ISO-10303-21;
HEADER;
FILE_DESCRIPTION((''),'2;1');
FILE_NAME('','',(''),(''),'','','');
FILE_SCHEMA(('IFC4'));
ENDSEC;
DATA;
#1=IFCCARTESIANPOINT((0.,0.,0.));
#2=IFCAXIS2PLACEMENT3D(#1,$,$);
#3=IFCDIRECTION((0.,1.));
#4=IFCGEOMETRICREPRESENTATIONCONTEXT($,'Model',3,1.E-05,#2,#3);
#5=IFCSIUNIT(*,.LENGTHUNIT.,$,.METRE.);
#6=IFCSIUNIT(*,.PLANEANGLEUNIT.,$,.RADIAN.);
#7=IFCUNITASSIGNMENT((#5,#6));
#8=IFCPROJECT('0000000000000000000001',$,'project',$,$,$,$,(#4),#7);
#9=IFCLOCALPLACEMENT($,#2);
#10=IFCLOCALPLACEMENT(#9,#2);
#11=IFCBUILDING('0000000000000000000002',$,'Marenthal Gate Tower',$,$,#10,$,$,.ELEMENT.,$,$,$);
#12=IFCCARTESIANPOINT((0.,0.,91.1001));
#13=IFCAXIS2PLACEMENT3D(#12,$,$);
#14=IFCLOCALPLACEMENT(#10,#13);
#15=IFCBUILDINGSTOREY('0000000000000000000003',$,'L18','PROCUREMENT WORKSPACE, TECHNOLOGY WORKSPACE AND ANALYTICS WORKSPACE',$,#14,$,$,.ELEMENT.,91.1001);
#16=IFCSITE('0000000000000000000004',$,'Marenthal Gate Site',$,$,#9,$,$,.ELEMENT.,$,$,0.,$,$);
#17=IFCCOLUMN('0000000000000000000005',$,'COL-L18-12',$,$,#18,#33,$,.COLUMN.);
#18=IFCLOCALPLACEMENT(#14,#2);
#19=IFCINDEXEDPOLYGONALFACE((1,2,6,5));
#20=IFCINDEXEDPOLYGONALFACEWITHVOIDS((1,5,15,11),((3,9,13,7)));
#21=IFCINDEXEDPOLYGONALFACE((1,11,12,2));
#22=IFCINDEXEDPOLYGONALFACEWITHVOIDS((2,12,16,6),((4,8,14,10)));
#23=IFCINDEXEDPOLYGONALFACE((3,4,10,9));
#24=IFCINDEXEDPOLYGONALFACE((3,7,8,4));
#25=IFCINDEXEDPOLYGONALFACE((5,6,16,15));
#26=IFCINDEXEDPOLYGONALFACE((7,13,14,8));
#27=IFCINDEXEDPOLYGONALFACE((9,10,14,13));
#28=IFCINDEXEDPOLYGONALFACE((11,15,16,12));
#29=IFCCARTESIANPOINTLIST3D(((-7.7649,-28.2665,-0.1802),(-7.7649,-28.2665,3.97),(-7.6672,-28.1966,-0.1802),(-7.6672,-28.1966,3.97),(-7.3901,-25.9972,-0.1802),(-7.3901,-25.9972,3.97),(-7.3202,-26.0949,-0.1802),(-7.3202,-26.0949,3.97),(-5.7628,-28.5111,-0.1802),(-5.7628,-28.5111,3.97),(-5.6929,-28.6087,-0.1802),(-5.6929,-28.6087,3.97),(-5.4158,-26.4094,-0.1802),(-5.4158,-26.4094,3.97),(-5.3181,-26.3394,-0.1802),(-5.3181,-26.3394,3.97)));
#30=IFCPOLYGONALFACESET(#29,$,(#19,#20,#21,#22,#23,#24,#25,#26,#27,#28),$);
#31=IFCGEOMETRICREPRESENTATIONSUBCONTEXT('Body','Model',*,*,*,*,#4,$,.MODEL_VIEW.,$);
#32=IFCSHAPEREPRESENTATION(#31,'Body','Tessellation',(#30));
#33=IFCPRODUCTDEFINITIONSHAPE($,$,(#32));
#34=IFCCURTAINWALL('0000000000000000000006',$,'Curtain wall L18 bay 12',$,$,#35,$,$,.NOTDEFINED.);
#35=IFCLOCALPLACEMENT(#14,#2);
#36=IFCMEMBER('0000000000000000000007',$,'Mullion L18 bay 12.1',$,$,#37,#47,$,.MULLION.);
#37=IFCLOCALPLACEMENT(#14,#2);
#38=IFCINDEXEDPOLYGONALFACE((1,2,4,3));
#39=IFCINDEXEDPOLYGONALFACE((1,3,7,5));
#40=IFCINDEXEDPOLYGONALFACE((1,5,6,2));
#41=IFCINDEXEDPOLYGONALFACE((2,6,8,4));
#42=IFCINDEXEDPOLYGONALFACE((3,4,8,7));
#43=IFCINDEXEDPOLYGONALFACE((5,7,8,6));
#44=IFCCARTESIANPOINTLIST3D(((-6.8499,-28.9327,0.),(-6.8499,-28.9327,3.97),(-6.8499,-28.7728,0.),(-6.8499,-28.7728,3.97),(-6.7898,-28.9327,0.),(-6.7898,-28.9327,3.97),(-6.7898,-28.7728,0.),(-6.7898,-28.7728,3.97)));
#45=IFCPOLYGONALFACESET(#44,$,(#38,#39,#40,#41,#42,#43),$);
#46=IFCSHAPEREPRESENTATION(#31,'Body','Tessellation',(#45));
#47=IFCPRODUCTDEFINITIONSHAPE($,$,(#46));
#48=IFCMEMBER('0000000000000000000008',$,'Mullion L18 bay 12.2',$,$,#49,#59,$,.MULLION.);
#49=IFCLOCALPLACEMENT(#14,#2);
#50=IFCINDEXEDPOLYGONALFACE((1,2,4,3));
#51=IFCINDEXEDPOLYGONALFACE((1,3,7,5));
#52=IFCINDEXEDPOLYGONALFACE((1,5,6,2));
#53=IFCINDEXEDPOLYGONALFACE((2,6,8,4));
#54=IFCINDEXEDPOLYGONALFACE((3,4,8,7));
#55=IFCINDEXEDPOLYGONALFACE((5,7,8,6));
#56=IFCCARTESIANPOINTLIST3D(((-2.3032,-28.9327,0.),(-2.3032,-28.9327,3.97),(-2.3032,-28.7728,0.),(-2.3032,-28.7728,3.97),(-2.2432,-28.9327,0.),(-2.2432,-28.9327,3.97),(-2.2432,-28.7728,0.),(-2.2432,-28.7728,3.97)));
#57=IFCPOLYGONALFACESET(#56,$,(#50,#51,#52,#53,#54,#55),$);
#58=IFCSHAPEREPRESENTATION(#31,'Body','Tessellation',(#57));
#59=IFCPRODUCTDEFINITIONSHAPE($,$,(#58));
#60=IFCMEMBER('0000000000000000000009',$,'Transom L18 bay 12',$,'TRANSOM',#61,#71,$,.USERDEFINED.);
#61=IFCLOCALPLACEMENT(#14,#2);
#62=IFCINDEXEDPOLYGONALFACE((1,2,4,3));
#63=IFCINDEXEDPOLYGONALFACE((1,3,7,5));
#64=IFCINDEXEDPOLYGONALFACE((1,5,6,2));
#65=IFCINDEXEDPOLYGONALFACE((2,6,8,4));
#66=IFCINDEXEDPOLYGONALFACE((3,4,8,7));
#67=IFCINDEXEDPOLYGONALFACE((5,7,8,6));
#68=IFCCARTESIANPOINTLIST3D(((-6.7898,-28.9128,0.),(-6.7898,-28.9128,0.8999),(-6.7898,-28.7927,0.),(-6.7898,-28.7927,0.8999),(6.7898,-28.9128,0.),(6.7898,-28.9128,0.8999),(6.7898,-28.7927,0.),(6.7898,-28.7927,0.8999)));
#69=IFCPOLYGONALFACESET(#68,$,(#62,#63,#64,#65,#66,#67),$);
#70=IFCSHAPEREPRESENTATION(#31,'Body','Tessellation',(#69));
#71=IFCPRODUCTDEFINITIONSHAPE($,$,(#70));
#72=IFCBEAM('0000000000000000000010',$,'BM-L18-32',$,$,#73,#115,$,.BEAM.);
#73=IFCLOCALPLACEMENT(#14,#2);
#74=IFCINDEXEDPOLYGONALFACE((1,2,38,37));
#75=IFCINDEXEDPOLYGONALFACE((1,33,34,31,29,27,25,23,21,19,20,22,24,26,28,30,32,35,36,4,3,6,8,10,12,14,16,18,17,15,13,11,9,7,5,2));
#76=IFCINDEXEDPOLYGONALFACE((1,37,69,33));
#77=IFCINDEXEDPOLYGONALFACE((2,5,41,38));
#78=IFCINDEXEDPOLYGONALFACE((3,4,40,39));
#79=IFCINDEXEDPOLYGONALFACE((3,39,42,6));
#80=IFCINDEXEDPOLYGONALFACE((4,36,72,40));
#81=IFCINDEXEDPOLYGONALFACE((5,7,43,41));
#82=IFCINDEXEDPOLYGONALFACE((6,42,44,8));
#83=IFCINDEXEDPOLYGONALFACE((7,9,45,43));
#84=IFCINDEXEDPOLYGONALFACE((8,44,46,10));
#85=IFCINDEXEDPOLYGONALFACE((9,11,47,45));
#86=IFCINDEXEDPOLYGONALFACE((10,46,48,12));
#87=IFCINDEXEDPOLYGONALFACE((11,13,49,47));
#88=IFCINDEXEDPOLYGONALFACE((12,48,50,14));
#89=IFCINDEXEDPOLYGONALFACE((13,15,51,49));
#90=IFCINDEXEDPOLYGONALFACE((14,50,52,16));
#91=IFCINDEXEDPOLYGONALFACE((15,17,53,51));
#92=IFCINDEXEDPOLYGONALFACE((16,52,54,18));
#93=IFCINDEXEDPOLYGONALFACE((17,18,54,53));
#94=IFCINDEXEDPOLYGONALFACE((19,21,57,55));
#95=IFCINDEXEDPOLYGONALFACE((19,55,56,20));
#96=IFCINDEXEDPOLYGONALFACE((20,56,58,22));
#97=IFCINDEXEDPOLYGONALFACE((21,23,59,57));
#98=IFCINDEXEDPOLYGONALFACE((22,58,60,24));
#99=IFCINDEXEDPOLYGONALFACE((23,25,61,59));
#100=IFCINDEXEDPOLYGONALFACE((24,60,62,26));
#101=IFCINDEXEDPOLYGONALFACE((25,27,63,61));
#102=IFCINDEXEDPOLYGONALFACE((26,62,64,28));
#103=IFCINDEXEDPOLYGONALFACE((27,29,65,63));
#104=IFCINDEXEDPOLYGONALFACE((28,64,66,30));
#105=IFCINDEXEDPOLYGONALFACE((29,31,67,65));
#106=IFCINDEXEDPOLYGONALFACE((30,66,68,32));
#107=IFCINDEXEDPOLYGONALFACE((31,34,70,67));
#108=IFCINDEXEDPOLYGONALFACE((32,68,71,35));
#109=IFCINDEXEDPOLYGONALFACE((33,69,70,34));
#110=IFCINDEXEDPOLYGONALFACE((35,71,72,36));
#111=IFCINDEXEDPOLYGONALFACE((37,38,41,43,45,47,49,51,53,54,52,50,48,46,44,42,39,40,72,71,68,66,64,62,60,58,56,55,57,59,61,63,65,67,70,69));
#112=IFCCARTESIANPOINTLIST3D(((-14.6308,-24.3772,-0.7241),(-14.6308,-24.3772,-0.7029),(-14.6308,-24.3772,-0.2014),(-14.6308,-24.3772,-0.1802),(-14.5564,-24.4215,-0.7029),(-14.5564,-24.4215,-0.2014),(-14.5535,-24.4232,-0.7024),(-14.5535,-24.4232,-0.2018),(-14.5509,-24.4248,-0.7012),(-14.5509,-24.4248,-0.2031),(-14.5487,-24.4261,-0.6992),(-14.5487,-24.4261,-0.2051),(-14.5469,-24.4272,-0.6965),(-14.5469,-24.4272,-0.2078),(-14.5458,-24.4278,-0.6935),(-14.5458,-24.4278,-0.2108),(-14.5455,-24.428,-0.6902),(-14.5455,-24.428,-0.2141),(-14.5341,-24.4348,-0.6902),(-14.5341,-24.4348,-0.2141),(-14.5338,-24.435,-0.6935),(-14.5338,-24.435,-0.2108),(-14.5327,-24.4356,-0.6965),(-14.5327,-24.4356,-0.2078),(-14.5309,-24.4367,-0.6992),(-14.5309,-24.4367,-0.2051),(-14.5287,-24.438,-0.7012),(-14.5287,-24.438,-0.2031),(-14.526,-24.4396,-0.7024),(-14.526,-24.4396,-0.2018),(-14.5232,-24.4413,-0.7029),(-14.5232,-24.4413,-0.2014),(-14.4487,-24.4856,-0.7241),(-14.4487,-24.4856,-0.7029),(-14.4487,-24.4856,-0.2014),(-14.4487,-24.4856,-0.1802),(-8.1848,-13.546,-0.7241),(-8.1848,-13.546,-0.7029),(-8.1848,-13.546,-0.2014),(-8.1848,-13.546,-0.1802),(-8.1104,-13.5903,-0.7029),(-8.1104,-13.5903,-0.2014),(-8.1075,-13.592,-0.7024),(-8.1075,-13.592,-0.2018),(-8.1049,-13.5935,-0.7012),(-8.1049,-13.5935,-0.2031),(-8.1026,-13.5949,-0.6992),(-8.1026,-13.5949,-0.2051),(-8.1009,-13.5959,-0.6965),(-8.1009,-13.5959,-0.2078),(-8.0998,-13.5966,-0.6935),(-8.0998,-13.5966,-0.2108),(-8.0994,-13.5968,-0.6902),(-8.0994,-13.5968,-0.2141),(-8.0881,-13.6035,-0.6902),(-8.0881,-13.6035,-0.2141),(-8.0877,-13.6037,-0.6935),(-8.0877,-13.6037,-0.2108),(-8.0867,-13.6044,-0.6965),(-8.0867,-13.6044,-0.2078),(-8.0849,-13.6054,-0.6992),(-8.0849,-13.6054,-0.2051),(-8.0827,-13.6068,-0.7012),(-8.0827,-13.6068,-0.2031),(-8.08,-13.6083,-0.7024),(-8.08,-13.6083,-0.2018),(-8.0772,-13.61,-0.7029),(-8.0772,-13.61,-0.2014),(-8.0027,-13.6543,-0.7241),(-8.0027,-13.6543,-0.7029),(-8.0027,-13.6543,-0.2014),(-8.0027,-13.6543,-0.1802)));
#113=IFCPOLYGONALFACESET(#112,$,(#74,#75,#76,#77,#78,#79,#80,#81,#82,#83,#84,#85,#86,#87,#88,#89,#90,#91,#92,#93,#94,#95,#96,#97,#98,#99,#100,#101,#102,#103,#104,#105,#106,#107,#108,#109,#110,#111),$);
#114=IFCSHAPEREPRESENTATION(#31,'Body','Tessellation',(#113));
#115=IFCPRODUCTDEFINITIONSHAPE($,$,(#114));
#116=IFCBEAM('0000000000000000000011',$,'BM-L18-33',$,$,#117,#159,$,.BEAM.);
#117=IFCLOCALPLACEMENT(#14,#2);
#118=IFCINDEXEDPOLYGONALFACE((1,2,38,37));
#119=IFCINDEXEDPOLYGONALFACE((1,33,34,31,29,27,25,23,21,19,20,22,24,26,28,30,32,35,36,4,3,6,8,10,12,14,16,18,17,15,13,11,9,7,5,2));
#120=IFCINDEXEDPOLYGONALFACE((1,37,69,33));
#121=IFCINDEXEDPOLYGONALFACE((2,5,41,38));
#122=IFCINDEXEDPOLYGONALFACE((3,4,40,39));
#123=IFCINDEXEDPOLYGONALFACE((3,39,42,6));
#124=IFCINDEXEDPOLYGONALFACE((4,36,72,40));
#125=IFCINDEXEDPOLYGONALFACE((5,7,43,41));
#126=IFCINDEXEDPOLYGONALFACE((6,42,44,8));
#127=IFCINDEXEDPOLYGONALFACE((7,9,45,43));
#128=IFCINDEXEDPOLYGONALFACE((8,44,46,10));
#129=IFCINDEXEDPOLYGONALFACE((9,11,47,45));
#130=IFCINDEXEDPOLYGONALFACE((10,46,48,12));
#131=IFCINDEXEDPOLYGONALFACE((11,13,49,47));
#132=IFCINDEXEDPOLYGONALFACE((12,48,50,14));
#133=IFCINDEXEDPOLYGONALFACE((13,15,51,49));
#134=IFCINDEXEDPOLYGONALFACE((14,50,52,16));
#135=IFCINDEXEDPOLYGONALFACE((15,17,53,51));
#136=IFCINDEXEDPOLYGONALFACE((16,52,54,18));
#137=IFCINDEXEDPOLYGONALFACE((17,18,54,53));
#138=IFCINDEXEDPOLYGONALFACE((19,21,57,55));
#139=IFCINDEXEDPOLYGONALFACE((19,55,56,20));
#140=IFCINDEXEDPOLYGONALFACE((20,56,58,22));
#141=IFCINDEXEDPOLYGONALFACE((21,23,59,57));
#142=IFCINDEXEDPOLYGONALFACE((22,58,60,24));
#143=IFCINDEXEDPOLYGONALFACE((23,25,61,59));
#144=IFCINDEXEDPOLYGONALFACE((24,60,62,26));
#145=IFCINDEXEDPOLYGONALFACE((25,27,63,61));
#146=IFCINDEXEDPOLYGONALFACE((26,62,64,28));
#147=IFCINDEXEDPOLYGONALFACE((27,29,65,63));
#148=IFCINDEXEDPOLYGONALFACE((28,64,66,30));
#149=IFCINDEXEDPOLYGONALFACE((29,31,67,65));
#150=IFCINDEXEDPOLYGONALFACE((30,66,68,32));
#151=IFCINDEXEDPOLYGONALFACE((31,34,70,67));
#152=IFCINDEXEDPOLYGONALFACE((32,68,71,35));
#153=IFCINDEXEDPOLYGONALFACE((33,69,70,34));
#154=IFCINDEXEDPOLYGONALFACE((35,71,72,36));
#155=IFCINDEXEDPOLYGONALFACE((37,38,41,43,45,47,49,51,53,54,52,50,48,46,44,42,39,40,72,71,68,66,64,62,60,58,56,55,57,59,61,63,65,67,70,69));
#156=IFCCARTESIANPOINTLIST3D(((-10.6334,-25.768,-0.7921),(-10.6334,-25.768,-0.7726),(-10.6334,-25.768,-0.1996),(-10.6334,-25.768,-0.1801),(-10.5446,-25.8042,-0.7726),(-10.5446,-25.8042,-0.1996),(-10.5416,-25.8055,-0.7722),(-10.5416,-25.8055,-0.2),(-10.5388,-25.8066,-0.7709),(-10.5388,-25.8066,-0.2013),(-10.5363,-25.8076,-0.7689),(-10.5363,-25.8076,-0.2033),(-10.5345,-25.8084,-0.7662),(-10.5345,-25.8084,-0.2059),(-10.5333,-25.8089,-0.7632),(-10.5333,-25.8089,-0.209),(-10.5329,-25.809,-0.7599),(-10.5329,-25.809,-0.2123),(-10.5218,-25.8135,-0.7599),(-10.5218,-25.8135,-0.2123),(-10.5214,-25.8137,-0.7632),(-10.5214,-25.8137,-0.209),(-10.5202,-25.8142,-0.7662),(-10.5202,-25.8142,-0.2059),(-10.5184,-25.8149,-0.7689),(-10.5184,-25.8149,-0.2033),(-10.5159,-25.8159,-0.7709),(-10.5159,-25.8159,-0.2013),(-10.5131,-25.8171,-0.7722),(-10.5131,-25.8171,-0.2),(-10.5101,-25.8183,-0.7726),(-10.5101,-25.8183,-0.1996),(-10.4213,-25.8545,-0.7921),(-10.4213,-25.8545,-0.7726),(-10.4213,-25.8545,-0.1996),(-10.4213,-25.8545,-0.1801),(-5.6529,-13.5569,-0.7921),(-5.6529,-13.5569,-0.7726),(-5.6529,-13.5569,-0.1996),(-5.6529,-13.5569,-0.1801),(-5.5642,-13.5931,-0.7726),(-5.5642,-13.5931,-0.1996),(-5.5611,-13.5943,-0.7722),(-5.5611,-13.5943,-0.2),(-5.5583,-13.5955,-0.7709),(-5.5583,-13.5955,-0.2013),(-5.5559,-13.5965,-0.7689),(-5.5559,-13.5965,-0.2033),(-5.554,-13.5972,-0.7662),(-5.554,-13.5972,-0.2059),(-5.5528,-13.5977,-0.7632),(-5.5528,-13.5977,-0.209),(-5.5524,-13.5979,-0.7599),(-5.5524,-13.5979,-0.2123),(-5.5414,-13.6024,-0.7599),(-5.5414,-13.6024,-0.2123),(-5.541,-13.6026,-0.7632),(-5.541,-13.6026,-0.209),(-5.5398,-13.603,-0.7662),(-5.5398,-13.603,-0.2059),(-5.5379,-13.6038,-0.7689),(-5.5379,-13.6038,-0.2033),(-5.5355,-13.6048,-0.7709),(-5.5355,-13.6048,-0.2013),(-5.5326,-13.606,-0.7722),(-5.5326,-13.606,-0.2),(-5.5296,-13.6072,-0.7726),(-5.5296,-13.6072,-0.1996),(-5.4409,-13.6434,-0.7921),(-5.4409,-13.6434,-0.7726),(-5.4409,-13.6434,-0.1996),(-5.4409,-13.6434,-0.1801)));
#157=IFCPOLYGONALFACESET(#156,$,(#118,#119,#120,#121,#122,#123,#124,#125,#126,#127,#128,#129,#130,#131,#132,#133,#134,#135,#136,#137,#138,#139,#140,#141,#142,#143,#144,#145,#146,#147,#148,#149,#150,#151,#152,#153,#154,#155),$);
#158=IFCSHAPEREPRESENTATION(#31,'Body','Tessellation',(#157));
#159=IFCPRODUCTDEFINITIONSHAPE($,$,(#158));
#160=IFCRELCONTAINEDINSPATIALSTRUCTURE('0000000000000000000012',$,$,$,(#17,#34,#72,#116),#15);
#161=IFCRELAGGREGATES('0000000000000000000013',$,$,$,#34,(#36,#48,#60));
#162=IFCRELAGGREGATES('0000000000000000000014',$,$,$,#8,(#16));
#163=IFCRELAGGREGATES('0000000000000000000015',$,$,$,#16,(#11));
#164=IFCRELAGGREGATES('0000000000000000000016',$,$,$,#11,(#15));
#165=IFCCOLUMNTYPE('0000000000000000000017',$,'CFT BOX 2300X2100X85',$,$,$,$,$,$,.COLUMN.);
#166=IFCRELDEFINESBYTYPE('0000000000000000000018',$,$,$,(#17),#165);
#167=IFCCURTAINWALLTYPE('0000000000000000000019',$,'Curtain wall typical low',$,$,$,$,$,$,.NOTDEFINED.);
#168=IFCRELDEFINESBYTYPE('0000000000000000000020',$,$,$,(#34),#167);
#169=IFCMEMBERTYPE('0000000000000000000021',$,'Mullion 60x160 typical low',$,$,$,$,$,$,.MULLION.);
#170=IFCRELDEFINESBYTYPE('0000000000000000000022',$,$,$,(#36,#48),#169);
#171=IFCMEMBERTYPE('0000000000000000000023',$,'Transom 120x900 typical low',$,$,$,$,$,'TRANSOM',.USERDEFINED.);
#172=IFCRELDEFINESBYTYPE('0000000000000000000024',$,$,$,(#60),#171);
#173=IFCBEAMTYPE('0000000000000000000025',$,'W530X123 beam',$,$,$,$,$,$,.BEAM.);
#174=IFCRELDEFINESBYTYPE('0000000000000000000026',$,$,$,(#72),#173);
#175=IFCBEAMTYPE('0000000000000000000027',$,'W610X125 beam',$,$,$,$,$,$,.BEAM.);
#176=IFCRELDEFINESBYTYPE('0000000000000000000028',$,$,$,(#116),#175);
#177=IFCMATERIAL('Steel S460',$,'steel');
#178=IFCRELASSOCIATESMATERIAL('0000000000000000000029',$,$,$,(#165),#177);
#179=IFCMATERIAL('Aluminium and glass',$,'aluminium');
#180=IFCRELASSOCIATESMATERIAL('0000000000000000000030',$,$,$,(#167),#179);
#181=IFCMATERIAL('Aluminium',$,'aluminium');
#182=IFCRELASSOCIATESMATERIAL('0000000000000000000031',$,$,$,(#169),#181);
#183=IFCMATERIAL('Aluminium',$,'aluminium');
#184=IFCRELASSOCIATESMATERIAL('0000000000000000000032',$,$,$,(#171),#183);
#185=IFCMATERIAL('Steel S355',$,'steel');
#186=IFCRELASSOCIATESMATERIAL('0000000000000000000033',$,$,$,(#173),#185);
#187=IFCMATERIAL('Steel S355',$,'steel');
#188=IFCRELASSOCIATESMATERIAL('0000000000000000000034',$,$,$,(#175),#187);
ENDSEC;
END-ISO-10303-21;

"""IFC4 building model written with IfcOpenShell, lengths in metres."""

from ifc_helpers import new_model, si_unit, direction, frame, origin, origin_2d, place, context, subcontext, project, spatial, rectangle, hollow_rectangle, i_section, extrude, material, material_profile, profile_set, type_object, element, aggregate, save


model = new_model("IFC4")

# Units and contexts
model_context = context("Model", 3, precision=1e-05, world=origin(), true_north=direction((0.0, 1.0)))
body_context = subcontext(model_context, "Body", "Model", "MODEL_VIEW")
ifc_project = project(units=[si_unit("LENGTHUNIT", "METRE"), si_unit("PLANEANGLEUNIT", "RADIAN")], contexts=[model_context])

# Site, building, storey
site_placement = place(None, origin())
site = spatial("IfcSite", under=ifc_project, at=site_placement, Name="Marenthal Gate Site", CompositionType="ELEMENT", RefElevation=0.0)
building_placement = place(site_placement, origin())
building = spatial("IfcBuilding", under=site, at=building_placement, Name="Marenthal Gate Tower", CompositionType="ELEMENT")
storey_placement = place(building_placement, frame((0.0, 0.0, 91.1001)))
storey = spatial("IfcBuildingStorey", under=building, at=storey_placement, Name="L18", Description="PROCUREMENT WORKSPACE, TECHNOLOGY WORKSPACE AND ANALYTICS WORKSPACE", CompositionType="ELEMENT", Elevation=91.1001)

# Column
ifc_material_1 = material(Name="Steel S460", Category="steel")
ifc_material_profile_1 = material_profile(ifc_material_1, hollow_rectangle(XDim=2.1001, YDim=2.3, WallThickness=0.085, at=origin_2d()), Name="CFT BOX 2300X2100X85")
ifc_material_2 = material(Name="Concrete 70 MPa", Category="concrete")
ifc_material_profile_2 = material_profile(ifc_material_2, rectangle(XDim=1.9299, YDim=2.1299, at=origin_2d()), Name="CFT BOX 2300X2100X85 INFILL")
ifc_profile_set_1 = profile_set([ifc_material_profile_1, ifc_material_profile_2], Name="Steel S460 shell, Concrete 70 MPa infill")
column_type = type_object("IfcColumnType", Name="CFT BOX 2300X2100X85", PredefinedType="COLUMN", material=ifc_profile_set_1)
column_placement = place(storey_placement, frame((-6.5415, -27.303, -0.1802), z_axis=(0.0, 0.0, 1.0), x_axis=(-0.986637, 0.162933, 0.0)))
element("IfcColumn", 1, at=column_placement, inside=storey, type_object=column_type, Name="COL-L18-12", PredefinedType="COLUMN", context=body_context, shape_type="SweptSolid", body=[
    extrude(hollow_rectangle(XDim=2.1001, YDim=2.3, WallThickness=0.085, at=origin_2d()), origin(), (0.0, 0.0, 1.0), 4.1501),
])

# Curtain wall, members
ifc_material_3 = material(Name="Aluminium and glass", Category="aluminium")
curtain_wall_type = type_object("IfcCurtainWallType", Name="Curtain wall typical low", PredefinedType="NOTDEFINED", material=ifc_material_3)
curtain_wall_placement = place(storey_placement, origin())
curtain_wall = element("IfcCurtainWall", 2, at=curtain_wall_placement, inside=storey, type_object=curtain_wall_type, Name="Curtain wall L18 bay 12", PredefinedType="NOTDEFINED")
ifc_material_4 = material(Name="Aluminium", Category="aluminium")
ifc_material_profile_3 = material_profile(ifc_material_4, rectangle(XDim=0.1599, YDim=0.0601, at=origin_2d()), Name="60x160 aluminium mullion")
ifc_profile_set_2 = profile_set([ifc_material_profile_3], Name="Aluminium")
member_type_1 = type_object("IfcMemberType", Name="Mullion 60x160 typical low", PredefinedType="MULLION", material=ifc_profile_set_2)
member_1_placement = place(storey_placement, frame((-6.8198, -28.8528, 0.0), z_axis=(0.0, 0.0, 1.0), x_axis=(0.0, 1.0, 0.0)))
member_1 = element("IfcMember", 3, at=member_1_placement, type_object=member_type_1, Name="Mullion L18 bay 12.1", PredefinedType="MULLION", context=body_context, shape_type="SweptSolid", body=[
    extrude(rectangle(XDim=0.1599, YDim=0.0601, at=origin_2d()), origin(), (0.0, 0.0, 1.0), 3.97),
])
member_2_placement = place(storey_placement, frame((-2.2732, -28.8528, 0.0), z_axis=(0.0, 0.0, 1.0), x_axis=(0.0, 1.0, 0.0)))
member_2 = element("IfcMember", 4, at=member_2_placement, type_object=member_type_1, Name="Mullion L18 bay 12.2", PredefinedType="MULLION", context=body_context, shape_type="SweptSolid", body=[
    extrude(rectangle(XDim=0.1599, YDim=0.0601, at=origin_2d()), origin(), (0.0, 0.0, 1.0), 3.97),
])
ifc_material_5 = material(Name="Aluminium", Category="aluminium")
ifc_material_profile_4 = material_profile(ifc_material_5, rectangle(XDim=0.1201, YDim=0.8999, at=origin_2d()), Name="120x900 aluminium transom")
ifc_profile_set_3 = profile_set([ifc_material_profile_4], Name="Aluminium")
member_type_2 = type_object("IfcMemberType", Name="Transom 120x900 typical low", ElementType="TRANSOM", PredefinedType="USERDEFINED", material=ifc_profile_set_3)
member_3_placement = place(storey_placement, frame((-6.7898, -28.8528, 0.45), z_axis=(1.0, 0.0, 0.0), x_axis=(0.0, 1.0, 0.0)))
member_3 = element("IfcMember", 5, at=member_3_placement, type_object=member_type_2, Name="Transom L18 bay 12", ObjectType="TRANSOM", PredefinedType="USERDEFINED", context=body_context, shape_type="SweptSolid", body=[
    extrude(rectangle(XDim=0.1201, YDim=0.8999, at=origin_2d()), origin(), (0.0, 0.0, 1.0), 13.5796),
])

# Beams
ifc_material_6 = material(Name="Steel S355", Category="steel")
ifc_material_profile_5 = material_profile(ifc_material_6, i_section(OverallWidth=0.2119, OverallDepth=0.5439, WebThickness=0.0132, FlangeThickness=0.0212, FilletRadius=0.0127, at=origin_2d()), Name="W530X123")
ifc_profile_set_4 = profile_set([ifc_material_profile_5], Name="Steel S355")
beam_type_1 = type_object("IfcBeamType", Name="W530X123 beam", PredefinedType="BEAM", material=ifc_profile_set_4)
beam_1_placement = place(storey_placement, frame((-14.5398, -24.4314, -0.4521), z_axis=(0.511416, 0.859333, 0.0), x_axis=(-0.859333, 0.511416, 0.0)))
element("IfcBeam", 6, at=beam_1_placement, inside=storey, type_object=beam_type_1, Name="BM-L18-32", PredefinedType="BEAM", context=body_context, shape_type="SweptSolid", body=[
    extrude(i_section(OverallWidth=0.2119, OverallDepth=0.5439, WebThickness=0.0132, FlangeThickness=0.0212, FilletRadius=0.0127, at=origin_2d()), origin(), (0.0, 0.0, 1.0), 12.6042),
])
ifc_material_7 = material(Name="Steel S355", Category="steel")
ifc_material_profile_6 = material_profile(ifc_material_7, i_section(OverallWidth=0.229, OverallDepth=0.6121, WebThickness=0.012, FlangeThickness=0.0195, FilletRadius=0.0127, at=origin_2d()), Name="W610X125")
ifc_profile_set_5 = profile_set([ifc_material_profile_6], Name="Steel S355")
beam_type_2 = type_object("IfcBeamType", Name="W610X125 beam", PredefinedType="BEAM", material=ifc_profile_set_5)
beam_2_placement = place(storey_placement, frame((-10.5273, -25.8113, -0.4861), z_axis=(0.377657, 0.925945, 0.0), x_axis=(-0.925945, 0.377657, 0.0)))
element("IfcBeam", 7, at=beam_2_placement, inside=storey, type_object=beam_type_2, Name="BM-L18-33", PredefinedType="BEAM", context=body_context, shape_type="SweptSolid", body=[
    extrude(i_section(OverallWidth=0.229, OverallDepth=0.6121, WebThickness=0.012, FlangeThickness=0.0195, FilletRadius=0.0127, at=origin_2d()), origin(), (0.0, 0.0, 1.0), 13.1877),
])

aggregate(curtain_wall, [member_1, member_2, member_3])

save(model, "model.ifc")
